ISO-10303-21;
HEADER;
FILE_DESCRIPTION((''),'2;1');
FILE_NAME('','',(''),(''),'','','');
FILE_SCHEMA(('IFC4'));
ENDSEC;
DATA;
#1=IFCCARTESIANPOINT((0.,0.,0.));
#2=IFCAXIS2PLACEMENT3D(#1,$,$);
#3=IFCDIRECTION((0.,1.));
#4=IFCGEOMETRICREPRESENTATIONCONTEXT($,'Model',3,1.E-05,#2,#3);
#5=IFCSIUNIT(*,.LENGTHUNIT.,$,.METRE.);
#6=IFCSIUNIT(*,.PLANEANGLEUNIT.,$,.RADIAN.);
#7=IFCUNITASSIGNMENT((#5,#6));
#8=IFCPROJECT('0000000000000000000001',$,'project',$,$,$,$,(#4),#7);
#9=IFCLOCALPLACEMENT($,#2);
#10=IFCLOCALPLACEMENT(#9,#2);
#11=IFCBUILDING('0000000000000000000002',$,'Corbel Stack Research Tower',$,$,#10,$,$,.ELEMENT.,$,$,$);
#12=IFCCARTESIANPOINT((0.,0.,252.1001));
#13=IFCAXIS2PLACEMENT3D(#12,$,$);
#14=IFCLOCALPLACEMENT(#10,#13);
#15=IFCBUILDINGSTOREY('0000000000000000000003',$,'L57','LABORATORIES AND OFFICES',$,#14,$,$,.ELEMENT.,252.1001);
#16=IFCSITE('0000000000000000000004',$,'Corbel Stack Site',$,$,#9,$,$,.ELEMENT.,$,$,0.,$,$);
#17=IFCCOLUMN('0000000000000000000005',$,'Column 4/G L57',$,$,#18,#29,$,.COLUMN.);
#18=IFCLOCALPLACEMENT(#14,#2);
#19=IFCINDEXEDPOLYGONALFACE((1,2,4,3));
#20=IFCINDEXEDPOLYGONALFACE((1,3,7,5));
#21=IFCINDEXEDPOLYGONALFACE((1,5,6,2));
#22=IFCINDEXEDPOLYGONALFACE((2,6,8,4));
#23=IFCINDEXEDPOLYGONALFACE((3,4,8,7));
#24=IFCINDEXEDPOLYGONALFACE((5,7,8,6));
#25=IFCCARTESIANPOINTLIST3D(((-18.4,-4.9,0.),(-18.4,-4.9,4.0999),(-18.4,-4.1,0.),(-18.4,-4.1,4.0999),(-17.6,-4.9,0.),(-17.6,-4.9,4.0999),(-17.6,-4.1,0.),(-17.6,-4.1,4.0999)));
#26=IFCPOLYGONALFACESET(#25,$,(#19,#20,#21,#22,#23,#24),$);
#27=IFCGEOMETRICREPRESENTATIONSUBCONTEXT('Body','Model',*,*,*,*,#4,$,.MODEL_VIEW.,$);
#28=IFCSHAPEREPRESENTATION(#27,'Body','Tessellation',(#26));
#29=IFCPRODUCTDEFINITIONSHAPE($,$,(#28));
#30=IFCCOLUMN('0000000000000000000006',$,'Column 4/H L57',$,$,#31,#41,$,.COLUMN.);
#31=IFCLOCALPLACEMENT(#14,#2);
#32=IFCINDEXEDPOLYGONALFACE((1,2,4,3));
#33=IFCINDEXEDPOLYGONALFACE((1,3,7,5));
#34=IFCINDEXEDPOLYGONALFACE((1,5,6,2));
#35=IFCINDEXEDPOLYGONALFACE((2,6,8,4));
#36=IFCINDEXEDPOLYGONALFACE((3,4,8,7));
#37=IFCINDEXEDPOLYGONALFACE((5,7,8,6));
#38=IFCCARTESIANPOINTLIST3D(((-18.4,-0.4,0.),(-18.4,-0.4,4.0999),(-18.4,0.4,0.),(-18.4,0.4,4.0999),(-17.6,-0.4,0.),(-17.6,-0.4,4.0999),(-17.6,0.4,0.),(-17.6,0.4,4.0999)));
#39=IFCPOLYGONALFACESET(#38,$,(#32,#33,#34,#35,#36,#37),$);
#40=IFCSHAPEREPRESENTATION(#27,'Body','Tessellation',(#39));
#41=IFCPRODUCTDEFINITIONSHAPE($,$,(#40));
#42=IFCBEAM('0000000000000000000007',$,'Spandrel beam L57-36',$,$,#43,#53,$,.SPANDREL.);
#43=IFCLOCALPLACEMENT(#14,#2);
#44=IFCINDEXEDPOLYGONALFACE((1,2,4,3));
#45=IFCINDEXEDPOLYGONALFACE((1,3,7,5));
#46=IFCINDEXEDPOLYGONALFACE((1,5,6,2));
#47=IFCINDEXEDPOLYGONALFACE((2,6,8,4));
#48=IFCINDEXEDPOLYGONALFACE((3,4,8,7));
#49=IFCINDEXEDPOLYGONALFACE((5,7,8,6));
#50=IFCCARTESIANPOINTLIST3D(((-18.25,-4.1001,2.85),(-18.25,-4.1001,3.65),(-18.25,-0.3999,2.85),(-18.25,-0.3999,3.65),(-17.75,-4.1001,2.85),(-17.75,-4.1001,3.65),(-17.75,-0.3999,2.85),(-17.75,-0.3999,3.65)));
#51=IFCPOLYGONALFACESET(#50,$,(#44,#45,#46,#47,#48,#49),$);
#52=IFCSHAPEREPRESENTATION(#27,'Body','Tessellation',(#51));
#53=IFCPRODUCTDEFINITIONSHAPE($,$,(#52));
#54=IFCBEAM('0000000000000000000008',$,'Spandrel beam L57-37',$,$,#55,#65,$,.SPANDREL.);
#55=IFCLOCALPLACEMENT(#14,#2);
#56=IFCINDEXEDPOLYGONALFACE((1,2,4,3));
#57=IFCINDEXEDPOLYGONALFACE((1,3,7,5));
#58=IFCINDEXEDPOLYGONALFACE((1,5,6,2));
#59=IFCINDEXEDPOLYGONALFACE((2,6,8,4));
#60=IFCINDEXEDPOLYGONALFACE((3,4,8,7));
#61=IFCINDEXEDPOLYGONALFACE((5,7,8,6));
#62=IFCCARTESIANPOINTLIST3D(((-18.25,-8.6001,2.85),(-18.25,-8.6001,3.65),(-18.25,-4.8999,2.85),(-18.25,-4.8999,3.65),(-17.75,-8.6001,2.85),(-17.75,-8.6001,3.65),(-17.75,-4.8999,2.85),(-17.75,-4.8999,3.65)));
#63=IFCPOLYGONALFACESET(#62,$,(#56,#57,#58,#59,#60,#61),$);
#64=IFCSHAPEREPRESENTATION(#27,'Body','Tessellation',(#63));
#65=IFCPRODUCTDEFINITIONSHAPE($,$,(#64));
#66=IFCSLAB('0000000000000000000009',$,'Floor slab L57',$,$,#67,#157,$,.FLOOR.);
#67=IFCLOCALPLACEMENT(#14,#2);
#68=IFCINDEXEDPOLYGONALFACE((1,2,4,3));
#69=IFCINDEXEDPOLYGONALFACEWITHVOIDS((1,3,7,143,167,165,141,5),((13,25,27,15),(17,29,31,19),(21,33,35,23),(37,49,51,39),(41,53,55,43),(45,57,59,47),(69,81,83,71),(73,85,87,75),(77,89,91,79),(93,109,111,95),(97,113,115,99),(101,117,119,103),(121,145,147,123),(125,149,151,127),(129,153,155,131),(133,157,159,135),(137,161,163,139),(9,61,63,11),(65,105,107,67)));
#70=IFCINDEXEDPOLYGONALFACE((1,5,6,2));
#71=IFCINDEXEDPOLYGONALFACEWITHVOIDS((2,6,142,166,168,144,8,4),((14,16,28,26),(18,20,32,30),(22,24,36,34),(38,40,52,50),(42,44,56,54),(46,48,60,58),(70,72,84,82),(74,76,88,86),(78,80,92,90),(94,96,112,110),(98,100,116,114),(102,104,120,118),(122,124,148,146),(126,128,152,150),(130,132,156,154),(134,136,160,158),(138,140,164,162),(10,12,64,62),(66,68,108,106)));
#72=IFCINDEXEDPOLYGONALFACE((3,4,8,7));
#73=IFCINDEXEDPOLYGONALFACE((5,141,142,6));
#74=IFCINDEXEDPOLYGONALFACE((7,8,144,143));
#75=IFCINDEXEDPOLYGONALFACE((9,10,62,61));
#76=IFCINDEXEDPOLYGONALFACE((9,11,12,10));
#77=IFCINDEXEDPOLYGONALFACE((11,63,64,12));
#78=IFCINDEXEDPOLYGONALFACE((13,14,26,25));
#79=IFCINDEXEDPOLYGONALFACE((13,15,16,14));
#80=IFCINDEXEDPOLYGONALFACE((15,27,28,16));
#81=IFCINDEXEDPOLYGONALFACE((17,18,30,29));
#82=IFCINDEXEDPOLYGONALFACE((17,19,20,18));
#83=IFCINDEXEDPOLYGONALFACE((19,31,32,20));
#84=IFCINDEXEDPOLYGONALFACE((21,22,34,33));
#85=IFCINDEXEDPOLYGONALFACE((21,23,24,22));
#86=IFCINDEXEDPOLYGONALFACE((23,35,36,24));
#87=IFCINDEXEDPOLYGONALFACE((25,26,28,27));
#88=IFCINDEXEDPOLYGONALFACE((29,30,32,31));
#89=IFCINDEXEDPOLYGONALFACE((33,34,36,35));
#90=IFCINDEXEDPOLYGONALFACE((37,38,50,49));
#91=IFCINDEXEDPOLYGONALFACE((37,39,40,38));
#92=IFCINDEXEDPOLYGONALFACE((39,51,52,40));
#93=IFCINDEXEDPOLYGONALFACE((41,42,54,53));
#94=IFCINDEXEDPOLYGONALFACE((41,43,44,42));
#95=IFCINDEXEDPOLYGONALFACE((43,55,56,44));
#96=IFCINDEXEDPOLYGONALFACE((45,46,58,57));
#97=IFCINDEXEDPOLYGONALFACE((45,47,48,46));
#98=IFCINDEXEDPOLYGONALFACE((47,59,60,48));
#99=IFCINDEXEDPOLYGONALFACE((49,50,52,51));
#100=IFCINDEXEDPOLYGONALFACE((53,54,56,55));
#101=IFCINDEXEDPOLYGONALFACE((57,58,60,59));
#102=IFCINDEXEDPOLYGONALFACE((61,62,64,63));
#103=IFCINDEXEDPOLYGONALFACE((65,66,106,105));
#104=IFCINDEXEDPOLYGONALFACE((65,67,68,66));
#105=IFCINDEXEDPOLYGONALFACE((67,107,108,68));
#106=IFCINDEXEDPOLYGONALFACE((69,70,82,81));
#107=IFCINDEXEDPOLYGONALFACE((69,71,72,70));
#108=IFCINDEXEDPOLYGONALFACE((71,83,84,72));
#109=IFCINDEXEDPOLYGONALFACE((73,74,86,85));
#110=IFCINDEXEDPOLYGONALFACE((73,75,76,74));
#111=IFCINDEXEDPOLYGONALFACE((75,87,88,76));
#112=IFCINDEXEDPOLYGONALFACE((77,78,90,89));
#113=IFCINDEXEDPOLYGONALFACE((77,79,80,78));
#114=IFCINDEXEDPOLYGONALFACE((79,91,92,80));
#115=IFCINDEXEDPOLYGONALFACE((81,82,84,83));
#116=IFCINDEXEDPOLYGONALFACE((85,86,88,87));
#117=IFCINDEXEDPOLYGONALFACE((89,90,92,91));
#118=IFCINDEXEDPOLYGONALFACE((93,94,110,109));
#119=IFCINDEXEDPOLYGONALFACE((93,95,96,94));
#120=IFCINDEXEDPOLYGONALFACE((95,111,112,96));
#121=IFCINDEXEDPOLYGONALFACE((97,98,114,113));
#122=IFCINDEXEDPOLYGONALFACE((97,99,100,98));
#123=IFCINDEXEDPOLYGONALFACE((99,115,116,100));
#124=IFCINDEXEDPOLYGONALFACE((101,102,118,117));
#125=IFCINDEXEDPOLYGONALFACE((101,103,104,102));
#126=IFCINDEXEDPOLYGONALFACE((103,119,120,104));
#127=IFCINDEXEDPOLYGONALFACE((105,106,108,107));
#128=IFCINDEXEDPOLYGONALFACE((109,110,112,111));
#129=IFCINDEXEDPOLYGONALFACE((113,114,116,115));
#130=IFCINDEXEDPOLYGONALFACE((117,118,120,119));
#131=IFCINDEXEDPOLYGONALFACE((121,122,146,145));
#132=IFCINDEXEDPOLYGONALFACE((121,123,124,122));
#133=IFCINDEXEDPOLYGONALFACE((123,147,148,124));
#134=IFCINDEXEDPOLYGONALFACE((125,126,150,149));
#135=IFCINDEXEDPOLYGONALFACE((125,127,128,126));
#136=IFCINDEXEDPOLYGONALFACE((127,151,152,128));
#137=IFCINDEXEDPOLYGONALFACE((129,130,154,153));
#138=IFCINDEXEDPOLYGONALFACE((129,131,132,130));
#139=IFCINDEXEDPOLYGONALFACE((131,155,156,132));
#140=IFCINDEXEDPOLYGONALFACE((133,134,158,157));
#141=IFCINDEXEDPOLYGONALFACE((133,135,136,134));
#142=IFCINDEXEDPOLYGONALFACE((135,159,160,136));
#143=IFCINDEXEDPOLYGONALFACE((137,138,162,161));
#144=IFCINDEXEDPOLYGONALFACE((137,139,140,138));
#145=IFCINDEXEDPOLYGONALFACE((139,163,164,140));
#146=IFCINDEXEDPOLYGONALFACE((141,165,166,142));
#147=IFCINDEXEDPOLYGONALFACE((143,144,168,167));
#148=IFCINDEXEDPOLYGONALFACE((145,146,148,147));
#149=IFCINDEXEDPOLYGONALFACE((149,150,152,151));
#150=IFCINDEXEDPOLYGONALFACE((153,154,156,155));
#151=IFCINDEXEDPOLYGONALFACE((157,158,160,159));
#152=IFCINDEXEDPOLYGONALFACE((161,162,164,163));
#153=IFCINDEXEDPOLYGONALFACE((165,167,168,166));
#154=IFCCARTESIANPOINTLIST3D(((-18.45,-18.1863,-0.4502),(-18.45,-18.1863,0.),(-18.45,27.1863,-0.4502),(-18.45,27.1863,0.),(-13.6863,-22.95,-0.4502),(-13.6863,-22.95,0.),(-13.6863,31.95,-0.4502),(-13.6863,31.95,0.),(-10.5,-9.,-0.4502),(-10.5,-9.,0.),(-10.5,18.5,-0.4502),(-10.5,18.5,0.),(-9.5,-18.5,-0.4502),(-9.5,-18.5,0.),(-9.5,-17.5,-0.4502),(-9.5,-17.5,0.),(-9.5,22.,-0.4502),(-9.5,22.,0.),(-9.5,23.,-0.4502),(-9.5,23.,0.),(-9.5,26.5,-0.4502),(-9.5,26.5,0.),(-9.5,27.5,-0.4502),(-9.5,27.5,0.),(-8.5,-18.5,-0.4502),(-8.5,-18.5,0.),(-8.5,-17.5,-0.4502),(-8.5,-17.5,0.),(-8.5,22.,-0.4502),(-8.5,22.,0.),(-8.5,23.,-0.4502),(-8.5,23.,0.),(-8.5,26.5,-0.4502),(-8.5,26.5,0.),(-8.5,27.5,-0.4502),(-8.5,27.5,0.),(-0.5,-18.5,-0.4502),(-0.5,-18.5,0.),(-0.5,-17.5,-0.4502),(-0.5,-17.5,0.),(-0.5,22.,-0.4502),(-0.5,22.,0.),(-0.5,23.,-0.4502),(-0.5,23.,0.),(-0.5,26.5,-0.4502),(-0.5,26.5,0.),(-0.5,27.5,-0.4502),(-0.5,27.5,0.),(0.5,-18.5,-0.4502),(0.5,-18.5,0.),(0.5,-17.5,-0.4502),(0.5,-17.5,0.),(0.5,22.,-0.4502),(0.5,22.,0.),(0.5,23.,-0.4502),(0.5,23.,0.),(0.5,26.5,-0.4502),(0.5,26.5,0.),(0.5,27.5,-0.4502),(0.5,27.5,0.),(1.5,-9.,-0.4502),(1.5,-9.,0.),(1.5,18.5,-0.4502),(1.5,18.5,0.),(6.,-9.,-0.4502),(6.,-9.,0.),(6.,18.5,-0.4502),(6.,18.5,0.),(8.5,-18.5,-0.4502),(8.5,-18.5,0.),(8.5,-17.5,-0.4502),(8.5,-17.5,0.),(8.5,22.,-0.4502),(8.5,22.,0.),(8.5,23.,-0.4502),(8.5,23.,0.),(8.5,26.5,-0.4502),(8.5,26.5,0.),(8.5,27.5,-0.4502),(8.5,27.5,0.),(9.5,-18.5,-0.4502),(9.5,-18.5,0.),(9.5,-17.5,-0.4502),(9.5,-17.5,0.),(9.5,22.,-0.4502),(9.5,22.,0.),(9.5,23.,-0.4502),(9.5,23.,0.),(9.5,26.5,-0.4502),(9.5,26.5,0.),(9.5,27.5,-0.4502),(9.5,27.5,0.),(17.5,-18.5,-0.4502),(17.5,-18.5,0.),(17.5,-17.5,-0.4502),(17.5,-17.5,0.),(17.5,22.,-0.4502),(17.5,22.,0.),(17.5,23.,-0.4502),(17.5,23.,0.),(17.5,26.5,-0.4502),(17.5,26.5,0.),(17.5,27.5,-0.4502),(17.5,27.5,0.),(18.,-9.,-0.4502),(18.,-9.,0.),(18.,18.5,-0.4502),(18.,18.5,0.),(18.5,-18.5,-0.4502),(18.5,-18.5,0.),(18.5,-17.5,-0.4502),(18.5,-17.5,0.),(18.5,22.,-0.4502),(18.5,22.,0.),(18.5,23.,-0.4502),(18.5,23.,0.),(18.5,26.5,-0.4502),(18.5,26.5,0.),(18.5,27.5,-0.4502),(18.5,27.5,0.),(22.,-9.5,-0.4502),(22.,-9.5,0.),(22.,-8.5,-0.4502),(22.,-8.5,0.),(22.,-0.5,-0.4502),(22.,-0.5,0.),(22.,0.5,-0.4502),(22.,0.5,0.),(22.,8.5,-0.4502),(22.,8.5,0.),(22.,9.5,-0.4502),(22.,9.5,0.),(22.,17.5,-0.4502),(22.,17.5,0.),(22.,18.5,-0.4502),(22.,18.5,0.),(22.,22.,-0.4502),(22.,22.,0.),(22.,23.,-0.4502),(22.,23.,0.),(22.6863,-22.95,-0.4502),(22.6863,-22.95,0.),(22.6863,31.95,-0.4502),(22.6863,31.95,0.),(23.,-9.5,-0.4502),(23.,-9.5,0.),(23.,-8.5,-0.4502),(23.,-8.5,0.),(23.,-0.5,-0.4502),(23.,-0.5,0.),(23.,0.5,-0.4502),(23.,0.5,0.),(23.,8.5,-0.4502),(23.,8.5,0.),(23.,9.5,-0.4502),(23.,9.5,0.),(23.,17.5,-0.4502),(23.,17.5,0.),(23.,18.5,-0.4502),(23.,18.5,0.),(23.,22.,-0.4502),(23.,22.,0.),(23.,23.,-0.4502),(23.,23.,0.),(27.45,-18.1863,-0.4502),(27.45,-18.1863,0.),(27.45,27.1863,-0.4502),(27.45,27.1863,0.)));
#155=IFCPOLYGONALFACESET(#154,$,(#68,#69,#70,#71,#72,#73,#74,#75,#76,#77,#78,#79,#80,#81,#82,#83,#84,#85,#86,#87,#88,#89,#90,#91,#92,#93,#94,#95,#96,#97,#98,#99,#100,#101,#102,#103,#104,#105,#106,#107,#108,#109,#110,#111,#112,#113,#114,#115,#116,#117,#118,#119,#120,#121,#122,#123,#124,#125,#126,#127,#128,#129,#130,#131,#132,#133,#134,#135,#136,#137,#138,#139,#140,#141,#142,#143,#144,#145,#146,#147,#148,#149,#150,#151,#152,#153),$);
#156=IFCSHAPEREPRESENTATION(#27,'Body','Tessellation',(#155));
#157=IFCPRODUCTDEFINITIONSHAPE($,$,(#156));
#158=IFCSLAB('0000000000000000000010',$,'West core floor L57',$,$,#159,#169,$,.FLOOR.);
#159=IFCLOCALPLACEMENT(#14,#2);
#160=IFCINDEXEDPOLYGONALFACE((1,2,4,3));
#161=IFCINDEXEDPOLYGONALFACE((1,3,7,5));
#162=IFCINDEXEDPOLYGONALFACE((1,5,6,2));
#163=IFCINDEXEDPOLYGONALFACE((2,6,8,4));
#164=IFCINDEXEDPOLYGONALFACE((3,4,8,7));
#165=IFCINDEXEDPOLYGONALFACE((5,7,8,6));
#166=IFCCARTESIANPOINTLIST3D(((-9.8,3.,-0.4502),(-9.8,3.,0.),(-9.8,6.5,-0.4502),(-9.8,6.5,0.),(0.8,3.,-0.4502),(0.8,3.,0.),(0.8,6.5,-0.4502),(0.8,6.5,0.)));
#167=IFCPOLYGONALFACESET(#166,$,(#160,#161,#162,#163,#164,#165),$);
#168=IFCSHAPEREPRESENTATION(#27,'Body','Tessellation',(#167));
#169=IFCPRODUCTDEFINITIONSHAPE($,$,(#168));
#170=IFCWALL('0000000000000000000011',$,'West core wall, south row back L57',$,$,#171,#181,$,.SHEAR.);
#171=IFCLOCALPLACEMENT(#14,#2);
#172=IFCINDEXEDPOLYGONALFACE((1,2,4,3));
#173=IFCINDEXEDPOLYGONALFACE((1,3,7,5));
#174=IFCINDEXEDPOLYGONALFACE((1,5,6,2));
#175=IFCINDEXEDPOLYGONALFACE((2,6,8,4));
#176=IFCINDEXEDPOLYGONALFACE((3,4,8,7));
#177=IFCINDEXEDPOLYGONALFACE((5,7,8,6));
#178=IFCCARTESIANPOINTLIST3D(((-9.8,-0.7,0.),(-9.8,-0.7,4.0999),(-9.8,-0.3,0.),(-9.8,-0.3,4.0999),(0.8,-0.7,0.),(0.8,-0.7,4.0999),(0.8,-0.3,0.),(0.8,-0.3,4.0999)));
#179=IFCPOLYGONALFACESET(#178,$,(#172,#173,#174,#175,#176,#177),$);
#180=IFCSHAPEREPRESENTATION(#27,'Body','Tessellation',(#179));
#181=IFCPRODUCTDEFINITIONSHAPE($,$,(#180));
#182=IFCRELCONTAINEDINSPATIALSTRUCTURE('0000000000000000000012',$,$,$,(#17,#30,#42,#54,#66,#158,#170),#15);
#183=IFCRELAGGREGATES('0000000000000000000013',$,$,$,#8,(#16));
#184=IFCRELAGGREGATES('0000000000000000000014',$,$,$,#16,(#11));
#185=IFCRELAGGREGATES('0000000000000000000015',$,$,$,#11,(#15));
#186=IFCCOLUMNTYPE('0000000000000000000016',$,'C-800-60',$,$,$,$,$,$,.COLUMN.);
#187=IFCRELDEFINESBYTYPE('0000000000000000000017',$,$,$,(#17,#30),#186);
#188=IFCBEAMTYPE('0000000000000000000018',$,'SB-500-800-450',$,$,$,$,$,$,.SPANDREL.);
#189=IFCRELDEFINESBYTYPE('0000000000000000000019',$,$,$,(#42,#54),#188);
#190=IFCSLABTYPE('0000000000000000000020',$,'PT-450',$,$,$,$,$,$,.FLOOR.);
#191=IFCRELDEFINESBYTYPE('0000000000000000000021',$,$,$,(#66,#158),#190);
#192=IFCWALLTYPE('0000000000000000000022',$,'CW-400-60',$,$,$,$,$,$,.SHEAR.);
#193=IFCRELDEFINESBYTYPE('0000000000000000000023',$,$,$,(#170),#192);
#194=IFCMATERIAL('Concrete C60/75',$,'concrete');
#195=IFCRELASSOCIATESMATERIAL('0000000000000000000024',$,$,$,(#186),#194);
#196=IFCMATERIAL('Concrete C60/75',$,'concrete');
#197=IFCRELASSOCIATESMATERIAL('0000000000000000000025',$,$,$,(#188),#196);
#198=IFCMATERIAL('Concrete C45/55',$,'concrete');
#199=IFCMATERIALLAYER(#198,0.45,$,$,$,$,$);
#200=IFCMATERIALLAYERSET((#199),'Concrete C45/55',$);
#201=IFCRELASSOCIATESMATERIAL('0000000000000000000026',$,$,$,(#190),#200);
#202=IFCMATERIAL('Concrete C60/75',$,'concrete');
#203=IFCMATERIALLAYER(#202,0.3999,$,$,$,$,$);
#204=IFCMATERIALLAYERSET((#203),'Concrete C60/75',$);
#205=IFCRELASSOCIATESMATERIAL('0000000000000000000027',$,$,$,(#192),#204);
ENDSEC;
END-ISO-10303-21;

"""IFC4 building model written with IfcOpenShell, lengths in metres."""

from ifc_helpers import new_model, si_unit, direction, frame, frame_2d, origin, origin_2d, place, context, subcontext, project, spatial, polyline, rectangle, outline, extrude, material, layer, layer_set, material_profile, profile_set, type_object, element, save


model = new_model("IFC4")

# Units and contexts
model_context = context("Model", 3, precision=1e-05, world=origin(), true_north=direction((0.0, 1.0)))
body_context = subcontext(model_context, "Body", "Model", "MODEL_VIEW")
ifc_project = project(units=[si_unit("LENGTHUNIT", "METRE"), si_unit("PLANEANGLEUNIT", "RADIAN")], contexts=[model_context])

# Site, building, storey
site_placement = place(None, origin())
site = spatial("IfcSite", under=ifc_project, at=site_placement, Name="Corbel Stack Site", CompositionType="ELEMENT", RefElevation=0.0)
building_placement = place(site_placement, origin())
building = spatial("IfcBuilding", under=site, at=building_placement, Name="Corbel Stack Research Tower", CompositionType="ELEMENT")
storey_placement = place(building_placement, frame((0.0, 0.0, 252.1001)))
storey = spatial("IfcBuildingStorey", under=building, at=storey_placement, Name="L57", Description="LABORATORIES AND OFFICES", CompositionType="ELEMENT", Elevation=252.1001)

# Columns
ifc_material_1 = material(Name="Concrete C60/75", Category="concrete")
ifc_material_profile_1 = material_profile(ifc_material_1, rectangle(XDim=0.8, YDim=0.8, at=origin_2d()), Name="RC 800 x 800")
ifc_profile_set_1 = profile_set([ifc_material_profile_1], Name="Concrete C60/75")
column_type = type_object("IfcColumnType", Name="C-800-60", PredefinedType="COLUMN", material=ifc_profile_set_1)
for number, where, z_axis, x_axis, name in (
    (1, (-18.0, -4.5, 0.0), (0.0, 0.0, 1.0), (1.0, 0.0, 0.0), "Column 4/G L57"),
    (2, (-18.0, 0.0, 0.0), (0.0, 0.0, 1.0), (1.0, 0.0, 0.0), "Column 4/H L57"),
):
    element("IfcColumn", number, at=place(storey_placement, frame(where, z_axis=z_axis, x_axis=x_axis)), inside=storey, type_object=column_type, Name=name, PredefinedType="COLUMN", context=body_context, shape_type="SweptSolid", body=[
        extrude(rectangle(XDim=0.8, YDim=0.8, at=origin_2d()), origin(), (0.0, 0.0, 1.0), 4.0999),
    ])

# Beams
ifc_material_2 = material(Name="Concrete C60/75", Category="concrete")
ifc_material_profile_2 = material_profile(ifc_material_2, rectangle(XDim=0.5, YDim=0.8, at=origin_2d()), Name="RC 500 x 800")
ifc_profile_set_2 = profile_set([ifc_material_profile_2], Name="Concrete C60/75")
beam_type = type_object("IfcBeamType", Name="SB-500-800-450", PredefinedType="SPANDREL", material=ifc_profile_set_2)
for number, where, z_axis, x_axis, name in (
    (3, (-18.0, -0.3999, 3.25), (0.0, -1.0, 0.0), (1.0, 0.0, 0.0), "Spandrel beam L57-36"),
    (4, (-18.0, -4.8999, 3.25), (0.0, -1.0, 0.0), (1.0, 0.0, 0.0), "Spandrel beam L57-37"),
):
    element("IfcBeam", number, at=place(storey_placement, frame(where, z_axis=z_axis, x_axis=x_axis)), inside=storey, type_object=beam_type, Name=name, PredefinedType="SPANDREL", context=body_context, shape_type="SweptSolid", body=[
        extrude(rectangle(XDim=0.5, YDim=0.8, at=origin_2d()), origin(), (0.0, 0.0, 1.0), 3.7002),
    ])

# Slabs
ifc_material_3 = material(Name="Concrete C45/55", Category="concrete")
ifc_layer_1 = layer(ifc_material_3, 0.45)
ifc_layer_set_1 = layer_set([ifc_layer_1], Name="Concrete C45/55")
slab_type = type_object("IfcSlabType", Name="PT-450", PredefinedType="FLOOR", material=ifc_layer_set_1)
slab_1_placement = place(storey_placement, frame((0.0, 0.0, -0.4502)))
element("IfcSlab", 5, at=slab_1_placement, inside=storey, type_object=slab_type, Name="Floor slab L57", PredefinedType="FLOOR", context=body_context, shape_type="SweptSolid", body=[
    extrude(outline(polyline([(-13.6863, -22.95), (22.6863, -22.95), (27.45, -18.1863), (27.45, 27.1863), (22.6863, 31.95), (-13.6863, 31.95), (-18.45, 27.1863), (-18.45, -18.1863), (-13.6863, -22.95)]), holes=[polyline([(22.0, 22.0), (22.0, 23.0), (23.0, 23.0), (23.0, 22.0), (22.0, 22.0)]), polyline([(23.0, 17.5), (22.0, 17.5), (22.0, 18.5), (23.0, 18.5), (23.0, 17.5)]), polyline([(23.0, 8.5), (22.0, 8.5), (22.0, 9.5), (23.0, 9.5), (23.0, 8.5)]), polyline([(22.0, -0.5), (22.0, 0.5), (23.0, 0.5), (23.0, -0.5), (22.0, -0.5)]), polyline([(23.0, -9.5), (22.0, -9.5), (22.0, -8.5), (23.0, -8.5), (23.0, -9.5)]), polyline([(17.5, 26.5), (17.5, 27.5), (18.5, 27.5), (18.5, 26.5), (17.5, 26.5)]), polyline([(18.5, 22.0), (17.5, 22.0), (17.5, 23.0), (18.5, 23.0), (18.5, 22.0)]), polyline([(18.5, -18.5), (17.5, -18.5), (17.5, -17.5), (18.5, -17.5), (18.5, -18.5)]), polyline([(6.0, -9.0), (6.0, 18.5), (18.0, 18.5), (18.0, -9.0), (6.0, -9.0)]), polyline([(9.5, 26.5), (8.5, 26.5), (8.5, 27.5), (9.5, 27.5), (9.5, 26.5)]), polyline([(9.5, 22.0), (8.5, 22.0), (8.5, 23.0), (9.5, 23.0), (9.5, 22.0)]), polyline([(9.5, -18.5), (8.5, -18.5), (8.5, -17.5), (9.5, -17.5), (9.5, -18.5)]), polyline([(1.5, -9.0), (-10.5, -9.0), (-10.5, 18.5), (1.5, 18.5), (1.5, -9.0)]), polyline([(-0.5, 26.5), (-0.5, 27.5), (0.5, 27.5), (0.5, 26.5), (-0.5, 26.5)]), polyline([(0.5, 22.0), (-0.5, 22.0), (-0.5, 23.0), (0.5, 23.0), (0.5, 22.0)]), polyline([(0.5, -18.5), (-0.5, -18.5), (-0.5, -17.5), (0.5, -17.5), (0.5, -18.5)]), polyline([(-9.5, 26.5), (-9.5, 27.5), (-8.5, 27.5), (-8.5, 26.5), (-9.5, 26.5)]), polyline([(-8.5, 22.0), (-9.5, 22.0), (-9.5, 23.0), (-8.5, 23.0), (-8.5, 22.0)]), polyline([(-8.5, -18.5), (-9.5, -18.5), (-9.5, -17.5), (-8.5, -17.5), (-8.5, -18.5)])]), origin(), (0.0, 0.0, 1.0), 0.4502),
])
slab_2_placement = place(storey_placement, frame((0.0, 0.0, -0.4502)))
element("IfcSlab", 6, at=slab_2_placement, inside=storey, type_object=slab_type, Name="West core floor L57", PredefinedType="FLOOR", context=body_context, shape_type="SweptSolid", body=[
    extrude(outline(polyline([(-9.8, 6.5), (-9.8, 3.0), (0.8, 3.0), (0.8, 6.5), (-9.8, 6.5)])), origin(), (0.0, 0.0, 1.0), 0.4502),
])

# Wall
ifc_material_4 = material(Name="Concrete C60/75", Category="concrete")
ifc_layer_2 = layer(ifc_material_4, 0.3999)
ifc_layer_set_2 = layer_set([ifc_layer_2], Name="Concrete C60/75")
wall_type_1 = type_object("IfcWallType", Name="CW-400-60", PredefinedType="SHEAR", material=ifc_layer_set_2)
wall_1_placement = place(storey_placement, frame((-9.8, -0.5, 0.0), z_axis=(0.0, 0.0, 1.0), x_axis=(1.0, 0.0, 0.0)))
element("IfcWall", 7, at=wall_1_placement, inside=storey, type_object=wall_type_1, Name="West core wall, south row back L57", PredefinedType="SHEAR", context=body_context, shape_type="SweptSolid", body=[
    extrude(rectangle(XDim=10.6001, YDim=0.3999, at=frame_2d((5.3, 0.0))), origin(), (0.0, 0.0, 1.0), 4.0999),
])

save(model, "model.ifc")
